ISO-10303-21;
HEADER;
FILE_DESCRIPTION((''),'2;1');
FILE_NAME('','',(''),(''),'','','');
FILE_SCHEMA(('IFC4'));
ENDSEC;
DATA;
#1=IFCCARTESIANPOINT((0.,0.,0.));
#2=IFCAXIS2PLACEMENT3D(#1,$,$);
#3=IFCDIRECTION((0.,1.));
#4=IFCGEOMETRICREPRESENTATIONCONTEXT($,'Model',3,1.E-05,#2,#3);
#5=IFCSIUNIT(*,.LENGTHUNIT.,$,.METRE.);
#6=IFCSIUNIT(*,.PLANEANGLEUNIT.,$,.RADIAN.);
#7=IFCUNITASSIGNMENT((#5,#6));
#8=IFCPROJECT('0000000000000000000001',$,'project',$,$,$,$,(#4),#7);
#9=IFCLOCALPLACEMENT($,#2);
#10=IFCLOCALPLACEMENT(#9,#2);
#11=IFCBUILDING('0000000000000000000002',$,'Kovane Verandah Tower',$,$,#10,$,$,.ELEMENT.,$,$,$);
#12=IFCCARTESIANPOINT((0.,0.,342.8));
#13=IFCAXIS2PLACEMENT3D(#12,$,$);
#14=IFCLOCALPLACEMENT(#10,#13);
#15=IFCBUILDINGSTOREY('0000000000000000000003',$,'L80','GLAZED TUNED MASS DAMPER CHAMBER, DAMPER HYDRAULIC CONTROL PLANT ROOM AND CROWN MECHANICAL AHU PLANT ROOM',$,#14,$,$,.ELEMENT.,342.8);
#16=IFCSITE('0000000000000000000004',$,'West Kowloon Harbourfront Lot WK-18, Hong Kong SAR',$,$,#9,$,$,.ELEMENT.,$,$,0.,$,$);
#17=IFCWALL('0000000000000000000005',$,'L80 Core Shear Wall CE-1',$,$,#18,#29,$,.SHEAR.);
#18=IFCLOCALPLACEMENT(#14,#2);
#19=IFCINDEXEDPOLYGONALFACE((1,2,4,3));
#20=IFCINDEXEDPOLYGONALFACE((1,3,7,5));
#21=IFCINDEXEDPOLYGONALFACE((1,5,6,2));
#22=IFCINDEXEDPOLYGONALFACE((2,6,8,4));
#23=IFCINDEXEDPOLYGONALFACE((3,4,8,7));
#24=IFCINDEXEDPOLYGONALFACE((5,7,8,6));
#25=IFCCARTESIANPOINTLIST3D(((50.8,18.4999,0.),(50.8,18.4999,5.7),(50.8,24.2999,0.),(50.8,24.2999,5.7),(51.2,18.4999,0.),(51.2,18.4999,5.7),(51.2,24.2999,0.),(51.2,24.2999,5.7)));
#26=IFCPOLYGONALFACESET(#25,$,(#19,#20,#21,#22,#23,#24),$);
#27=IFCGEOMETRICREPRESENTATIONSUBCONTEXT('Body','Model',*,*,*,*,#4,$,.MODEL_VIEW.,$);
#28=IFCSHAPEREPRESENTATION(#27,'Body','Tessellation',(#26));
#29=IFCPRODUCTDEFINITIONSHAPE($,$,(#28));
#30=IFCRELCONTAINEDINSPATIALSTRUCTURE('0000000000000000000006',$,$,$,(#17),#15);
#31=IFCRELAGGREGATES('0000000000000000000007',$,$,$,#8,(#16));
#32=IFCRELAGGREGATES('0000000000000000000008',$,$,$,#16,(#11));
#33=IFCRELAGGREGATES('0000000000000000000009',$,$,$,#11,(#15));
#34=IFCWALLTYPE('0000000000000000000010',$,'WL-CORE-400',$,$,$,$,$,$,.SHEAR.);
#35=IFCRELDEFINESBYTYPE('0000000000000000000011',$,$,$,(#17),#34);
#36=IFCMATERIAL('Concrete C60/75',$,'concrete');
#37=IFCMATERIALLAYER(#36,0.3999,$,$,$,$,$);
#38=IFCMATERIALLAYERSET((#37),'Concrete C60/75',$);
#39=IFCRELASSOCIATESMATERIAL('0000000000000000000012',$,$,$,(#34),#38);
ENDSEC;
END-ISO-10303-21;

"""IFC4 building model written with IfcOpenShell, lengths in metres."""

from ifc_helpers import new_model, si_unit, direction, frame, frame_2d, origin, place, context, subcontext, project, spatial, rectangle, extrude, material, layer, layer_set, type_object, element, save


model = new_model("IFC4")

# Units and contexts
model_context = context("Model", 3, precision=1e-05, world=origin(), true_north=direction((0.0, 1.0)))
body_context = subcontext(model_context, "Body", "Model", "MODEL_VIEW")
ifc_project = project(units=[si_unit("LENGTHUNIT", "METRE"), si_unit("PLANEANGLEUNIT", "RADIAN")], contexts=[model_context])

# Site, building, storey
site_placement = place(None, origin())
site = spatial("IfcSite", under=ifc_project, at=site_placement, Name="West Kowloon Harbourfront Lot WK-18, Hong Kong SAR", CompositionType="ELEMENT", RefElevation=0.0)
building_placement = place(site_placement, origin())
building = spatial("IfcBuilding", under=site, at=building_placement, Name="Kovane Verandah Tower", CompositionType="ELEMENT")
storey_placement = place(building_placement, frame((0.0, 0.0, 342.8)))
storey = spatial("IfcBuildingStorey", under=building, at=storey_placement, Name="L80", Description="GLAZED TUNED MASS DAMPER CHAMBER, DAMPER HYDRAULIC CONTROL PLANT ROOM AND CROWN MECHANICAL AHU PLANT ROOM", CompositionType="ELEMENT", Elevation=342.8)

# Shared definitions
ifc_material_1 = material(Name="Concrete C60/75", Category="concrete")

# Wall
ifc_layer_1 = layer(ifc_material_1, 0.3999)
ifc_layer_set_1 = layer_set([ifc_layer_1], Name="Concrete C60/75")
wall_type_1 = type_object("IfcWallType", Name="WL-CORE-400", PredefinedType="SHEAR", material=ifc_layer_set_1)
wall_1_placement = place(storey_placement, frame((51.0, 18.5, 0.0), z_axis=(0.0, 0.0, 1.0), x_axis=(0.0, 1.0, 0.0)))
element("IfcWall", 1, at=wall_1_placement, inside=storey, type_object=wall_type_1, Name="L80 Core Shear Wall CE-1", PredefinedType="SHEAR", context=body_context, shape_type="SweptSolid", body=[
    extrude(rectangle(XDim=5.8, YDim=0.3999, at=frame_2d((2.8999, 0.0))), origin(), (0.0, 0.0, 1.0), 5.7),
])

save(model, "model.ifc")
